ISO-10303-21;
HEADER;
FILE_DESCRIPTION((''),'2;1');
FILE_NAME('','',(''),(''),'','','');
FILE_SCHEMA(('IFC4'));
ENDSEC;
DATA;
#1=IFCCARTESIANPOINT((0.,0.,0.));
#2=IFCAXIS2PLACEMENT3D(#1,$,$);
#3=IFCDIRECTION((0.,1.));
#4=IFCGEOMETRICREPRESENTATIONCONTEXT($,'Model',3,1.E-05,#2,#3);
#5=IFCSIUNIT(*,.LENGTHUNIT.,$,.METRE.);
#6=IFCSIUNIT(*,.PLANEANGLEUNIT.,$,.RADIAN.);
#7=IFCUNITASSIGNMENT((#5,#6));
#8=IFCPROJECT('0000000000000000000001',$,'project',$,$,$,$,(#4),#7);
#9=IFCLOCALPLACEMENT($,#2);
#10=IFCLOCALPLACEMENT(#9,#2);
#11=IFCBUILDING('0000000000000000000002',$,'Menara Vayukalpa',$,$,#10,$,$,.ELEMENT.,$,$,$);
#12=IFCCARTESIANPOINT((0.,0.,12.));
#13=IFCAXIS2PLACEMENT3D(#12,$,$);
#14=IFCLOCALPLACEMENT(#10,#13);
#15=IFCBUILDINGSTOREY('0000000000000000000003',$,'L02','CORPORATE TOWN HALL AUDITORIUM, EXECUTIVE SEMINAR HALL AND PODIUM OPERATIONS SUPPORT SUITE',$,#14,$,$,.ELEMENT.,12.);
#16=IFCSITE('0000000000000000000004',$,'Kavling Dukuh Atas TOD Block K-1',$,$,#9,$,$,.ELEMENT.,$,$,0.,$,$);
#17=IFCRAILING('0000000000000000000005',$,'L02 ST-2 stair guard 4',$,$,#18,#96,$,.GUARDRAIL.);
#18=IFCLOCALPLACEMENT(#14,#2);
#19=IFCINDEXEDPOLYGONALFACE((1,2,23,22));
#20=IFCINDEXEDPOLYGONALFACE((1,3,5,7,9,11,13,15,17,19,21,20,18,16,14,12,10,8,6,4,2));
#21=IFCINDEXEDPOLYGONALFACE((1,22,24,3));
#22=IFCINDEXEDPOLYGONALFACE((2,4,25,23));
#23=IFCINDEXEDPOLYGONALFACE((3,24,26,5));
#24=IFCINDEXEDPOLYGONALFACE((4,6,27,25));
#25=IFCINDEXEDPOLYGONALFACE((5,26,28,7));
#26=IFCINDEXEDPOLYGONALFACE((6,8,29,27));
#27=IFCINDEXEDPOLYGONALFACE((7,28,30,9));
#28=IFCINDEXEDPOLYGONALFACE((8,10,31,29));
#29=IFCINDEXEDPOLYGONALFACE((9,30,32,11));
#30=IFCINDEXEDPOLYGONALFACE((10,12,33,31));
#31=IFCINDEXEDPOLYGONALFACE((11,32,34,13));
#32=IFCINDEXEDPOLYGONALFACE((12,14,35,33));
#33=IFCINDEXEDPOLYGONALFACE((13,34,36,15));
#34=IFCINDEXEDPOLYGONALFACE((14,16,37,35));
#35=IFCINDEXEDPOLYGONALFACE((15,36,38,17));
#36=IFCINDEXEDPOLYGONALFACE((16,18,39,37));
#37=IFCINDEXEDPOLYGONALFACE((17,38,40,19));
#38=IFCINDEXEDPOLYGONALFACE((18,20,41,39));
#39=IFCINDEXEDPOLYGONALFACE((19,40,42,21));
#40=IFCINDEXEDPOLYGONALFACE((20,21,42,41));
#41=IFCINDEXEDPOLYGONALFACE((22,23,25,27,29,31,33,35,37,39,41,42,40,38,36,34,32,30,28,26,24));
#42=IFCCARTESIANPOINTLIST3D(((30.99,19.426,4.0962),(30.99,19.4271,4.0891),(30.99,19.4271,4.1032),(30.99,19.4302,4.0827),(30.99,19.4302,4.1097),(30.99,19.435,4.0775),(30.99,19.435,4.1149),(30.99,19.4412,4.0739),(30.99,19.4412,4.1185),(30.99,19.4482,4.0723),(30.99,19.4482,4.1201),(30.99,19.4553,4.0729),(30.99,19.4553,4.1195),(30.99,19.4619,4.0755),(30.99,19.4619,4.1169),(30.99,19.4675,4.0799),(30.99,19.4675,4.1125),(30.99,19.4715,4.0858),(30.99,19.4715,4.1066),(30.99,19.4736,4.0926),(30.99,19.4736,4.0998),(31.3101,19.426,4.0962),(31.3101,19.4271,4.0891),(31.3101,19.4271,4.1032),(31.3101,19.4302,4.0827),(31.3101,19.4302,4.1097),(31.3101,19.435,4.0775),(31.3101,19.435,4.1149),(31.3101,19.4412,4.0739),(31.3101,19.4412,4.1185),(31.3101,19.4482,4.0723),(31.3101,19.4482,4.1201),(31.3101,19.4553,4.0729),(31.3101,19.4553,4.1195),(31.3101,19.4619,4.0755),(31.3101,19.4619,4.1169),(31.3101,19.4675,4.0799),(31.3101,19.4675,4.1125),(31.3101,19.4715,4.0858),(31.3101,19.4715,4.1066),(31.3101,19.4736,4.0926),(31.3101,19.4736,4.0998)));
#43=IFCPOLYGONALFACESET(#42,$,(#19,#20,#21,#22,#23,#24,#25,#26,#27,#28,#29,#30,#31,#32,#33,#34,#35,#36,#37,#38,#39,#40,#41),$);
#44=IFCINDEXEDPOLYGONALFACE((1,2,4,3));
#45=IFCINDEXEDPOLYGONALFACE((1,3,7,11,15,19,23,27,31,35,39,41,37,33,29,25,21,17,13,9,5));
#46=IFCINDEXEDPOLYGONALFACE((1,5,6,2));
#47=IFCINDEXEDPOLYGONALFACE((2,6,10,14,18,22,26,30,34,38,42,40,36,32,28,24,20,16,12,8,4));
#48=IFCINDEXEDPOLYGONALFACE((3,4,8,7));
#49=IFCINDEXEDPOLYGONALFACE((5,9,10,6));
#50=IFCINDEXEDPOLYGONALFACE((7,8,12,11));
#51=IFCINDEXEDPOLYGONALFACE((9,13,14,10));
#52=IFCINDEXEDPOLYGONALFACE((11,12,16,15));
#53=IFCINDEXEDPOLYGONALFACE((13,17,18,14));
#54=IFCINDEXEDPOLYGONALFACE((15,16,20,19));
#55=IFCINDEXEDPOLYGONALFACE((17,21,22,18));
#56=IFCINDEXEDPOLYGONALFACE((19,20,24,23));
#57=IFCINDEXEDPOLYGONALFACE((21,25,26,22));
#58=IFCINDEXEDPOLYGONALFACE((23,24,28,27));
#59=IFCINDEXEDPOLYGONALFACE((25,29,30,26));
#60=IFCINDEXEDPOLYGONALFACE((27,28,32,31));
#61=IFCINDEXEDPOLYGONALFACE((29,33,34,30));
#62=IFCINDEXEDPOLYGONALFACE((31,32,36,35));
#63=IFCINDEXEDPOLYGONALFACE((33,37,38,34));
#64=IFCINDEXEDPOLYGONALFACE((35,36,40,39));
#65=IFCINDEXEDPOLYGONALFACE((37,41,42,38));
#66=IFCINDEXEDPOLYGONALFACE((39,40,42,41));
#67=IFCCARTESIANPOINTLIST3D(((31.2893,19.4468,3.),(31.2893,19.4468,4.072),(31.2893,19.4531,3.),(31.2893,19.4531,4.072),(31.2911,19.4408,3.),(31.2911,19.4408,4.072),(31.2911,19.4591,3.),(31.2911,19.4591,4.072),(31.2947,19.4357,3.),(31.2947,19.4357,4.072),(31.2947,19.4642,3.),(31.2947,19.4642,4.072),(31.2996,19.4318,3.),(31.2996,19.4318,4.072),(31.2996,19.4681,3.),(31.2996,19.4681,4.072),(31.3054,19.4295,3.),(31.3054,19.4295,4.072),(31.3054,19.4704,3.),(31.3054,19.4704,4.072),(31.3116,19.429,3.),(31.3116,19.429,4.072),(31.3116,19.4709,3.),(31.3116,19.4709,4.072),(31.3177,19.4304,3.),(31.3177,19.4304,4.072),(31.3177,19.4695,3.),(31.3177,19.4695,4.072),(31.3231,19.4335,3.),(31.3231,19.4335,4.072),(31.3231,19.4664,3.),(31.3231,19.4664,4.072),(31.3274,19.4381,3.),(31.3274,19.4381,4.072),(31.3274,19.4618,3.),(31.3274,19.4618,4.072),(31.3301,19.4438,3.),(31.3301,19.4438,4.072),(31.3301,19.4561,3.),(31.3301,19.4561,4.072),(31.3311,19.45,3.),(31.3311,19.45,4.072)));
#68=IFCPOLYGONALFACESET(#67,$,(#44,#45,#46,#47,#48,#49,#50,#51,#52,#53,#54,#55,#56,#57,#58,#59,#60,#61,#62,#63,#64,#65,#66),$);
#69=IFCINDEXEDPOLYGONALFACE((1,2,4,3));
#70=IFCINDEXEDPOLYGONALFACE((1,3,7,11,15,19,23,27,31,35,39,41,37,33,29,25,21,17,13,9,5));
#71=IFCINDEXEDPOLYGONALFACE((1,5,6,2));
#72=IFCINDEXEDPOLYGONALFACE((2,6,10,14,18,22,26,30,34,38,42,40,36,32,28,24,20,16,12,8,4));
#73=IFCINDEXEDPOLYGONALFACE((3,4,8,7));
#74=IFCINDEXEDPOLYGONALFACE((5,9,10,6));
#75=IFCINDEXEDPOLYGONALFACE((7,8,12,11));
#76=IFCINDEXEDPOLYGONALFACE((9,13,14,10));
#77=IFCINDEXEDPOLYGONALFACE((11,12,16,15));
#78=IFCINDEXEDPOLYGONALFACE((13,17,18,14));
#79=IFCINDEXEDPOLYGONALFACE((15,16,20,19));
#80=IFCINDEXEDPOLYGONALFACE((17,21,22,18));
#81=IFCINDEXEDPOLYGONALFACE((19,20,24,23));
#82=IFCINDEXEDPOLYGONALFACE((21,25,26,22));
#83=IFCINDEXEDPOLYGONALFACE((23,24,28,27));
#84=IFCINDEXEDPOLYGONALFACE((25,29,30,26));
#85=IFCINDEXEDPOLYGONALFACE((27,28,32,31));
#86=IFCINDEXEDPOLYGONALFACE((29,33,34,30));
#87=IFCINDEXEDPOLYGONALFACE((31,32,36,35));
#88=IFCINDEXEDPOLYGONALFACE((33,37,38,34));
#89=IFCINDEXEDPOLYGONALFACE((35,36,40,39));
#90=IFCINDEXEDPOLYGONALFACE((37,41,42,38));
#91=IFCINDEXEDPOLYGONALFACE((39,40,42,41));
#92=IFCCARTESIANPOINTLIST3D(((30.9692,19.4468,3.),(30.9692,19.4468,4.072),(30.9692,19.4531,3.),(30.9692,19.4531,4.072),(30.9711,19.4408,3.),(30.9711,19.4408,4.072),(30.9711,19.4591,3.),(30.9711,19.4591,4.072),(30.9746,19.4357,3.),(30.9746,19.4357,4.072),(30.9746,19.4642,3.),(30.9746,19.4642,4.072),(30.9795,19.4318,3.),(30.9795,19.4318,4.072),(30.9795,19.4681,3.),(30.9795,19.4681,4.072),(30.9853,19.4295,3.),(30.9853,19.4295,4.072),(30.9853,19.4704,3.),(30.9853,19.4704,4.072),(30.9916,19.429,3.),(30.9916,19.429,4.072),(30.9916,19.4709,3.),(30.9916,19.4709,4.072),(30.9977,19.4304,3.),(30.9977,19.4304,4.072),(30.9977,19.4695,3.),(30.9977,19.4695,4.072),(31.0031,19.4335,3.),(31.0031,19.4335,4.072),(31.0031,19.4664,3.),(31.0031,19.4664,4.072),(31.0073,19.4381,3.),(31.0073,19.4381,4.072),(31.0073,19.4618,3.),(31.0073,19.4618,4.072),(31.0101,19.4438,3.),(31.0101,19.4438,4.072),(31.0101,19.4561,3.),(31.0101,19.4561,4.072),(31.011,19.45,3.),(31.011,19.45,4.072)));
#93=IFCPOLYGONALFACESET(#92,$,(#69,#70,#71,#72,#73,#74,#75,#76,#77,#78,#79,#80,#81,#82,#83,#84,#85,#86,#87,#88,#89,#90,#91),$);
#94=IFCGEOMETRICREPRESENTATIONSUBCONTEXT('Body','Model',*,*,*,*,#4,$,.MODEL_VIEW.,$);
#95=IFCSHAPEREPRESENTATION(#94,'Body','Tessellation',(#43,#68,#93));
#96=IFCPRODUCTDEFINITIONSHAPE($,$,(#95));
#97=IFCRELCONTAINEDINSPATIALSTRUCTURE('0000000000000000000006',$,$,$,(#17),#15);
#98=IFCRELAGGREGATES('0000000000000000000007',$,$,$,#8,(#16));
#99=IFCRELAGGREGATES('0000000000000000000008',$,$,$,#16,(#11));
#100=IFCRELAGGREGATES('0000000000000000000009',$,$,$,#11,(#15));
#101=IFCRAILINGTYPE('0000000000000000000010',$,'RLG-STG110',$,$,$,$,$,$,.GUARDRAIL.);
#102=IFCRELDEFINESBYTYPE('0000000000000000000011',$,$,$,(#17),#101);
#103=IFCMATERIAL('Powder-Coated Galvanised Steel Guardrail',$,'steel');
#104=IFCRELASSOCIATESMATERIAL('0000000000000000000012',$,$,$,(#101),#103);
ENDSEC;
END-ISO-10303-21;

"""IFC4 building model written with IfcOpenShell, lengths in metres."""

from ifc_helpers import new_model, si_unit, direction, frame, origin, origin_2d, place, context, subcontext, project, spatial, circle, extrude, material, type_object, element, save


model = new_model("IFC4")

# Units and contexts
model_context = context("Model", 3, precision=1e-05, world=origin(), true_north=direction((0.0, 1.0)))
body_context = subcontext(model_context, "Body", "Model", "MODEL_VIEW")
ifc_project = project(units=[si_unit("LENGTHUNIT", "METRE"), si_unit("PLANEANGLEUNIT", "RADIAN")], contexts=[model_context])

# Site, building, storey
site_placement = place(None, origin())
site = spatial("IfcSite", under=ifc_project, at=site_placement, Name="Kavling Dukuh Atas TOD Block K-1", CompositionType="ELEMENT", RefElevation=0.0)
building_placement = place(site_placement, origin())
building = spatial("IfcBuilding", under=site, at=building_placement, Name="Menara Vayukalpa", CompositionType="ELEMENT")
storey_placement = place(building_placement, frame((0.0, 0.0, 12.0)))
storey = spatial("IfcBuildingStorey", under=building, at=storey_placement, Name="L02", Description="CORPORATE TOWN HALL AUDITORIUM, EXECUTIVE SEMINAR HALL AND PODIUM OPERATIONS SUPPORT SUITE", CompositionType="ELEMENT", Elevation=12.0)

# Railing
ifc_material_1 = material(Name="Powder-Coated Galvanised Steel Guardrail", Category="steel")
railing_type = type_object("IfcRailingType", Name="RLG-STG110", PredefinedType="GUARDRAIL", material=ifc_material_1)
railing_1_placement = place(storey_placement, frame((31.3101, 19.45, 3.0)))
element("IfcRailing", 1, at=railing_1_placement, inside=storey, type_object=railing_type, Name="L02 ST-2 stair guard 4", PredefinedType="GUARDRAIL", context=body_context, shape_type="SweptSolid", body=[
    extrude(circle(Radius=0.0239, at=origin_2d()), frame((0.0, 0.0, 1.0962), z_axis=(-1.0, 0.0, 0.0), x_axis=(0.0, -1.0, 0.0)), (0.0, 0.0, 1.0), 0.3201),
    extrude(circle(Radius=0.021, at=origin_2d()), origin(), (0.0, 0.0, 1.0), 1.072),
    extrude(circle(Radius=0.021, at=origin_2d()), frame((-0.3201, 0.0, 0.0)), (0.0, 0.0, 1.0), 1.072),
])

save(model, "model.ifc")
